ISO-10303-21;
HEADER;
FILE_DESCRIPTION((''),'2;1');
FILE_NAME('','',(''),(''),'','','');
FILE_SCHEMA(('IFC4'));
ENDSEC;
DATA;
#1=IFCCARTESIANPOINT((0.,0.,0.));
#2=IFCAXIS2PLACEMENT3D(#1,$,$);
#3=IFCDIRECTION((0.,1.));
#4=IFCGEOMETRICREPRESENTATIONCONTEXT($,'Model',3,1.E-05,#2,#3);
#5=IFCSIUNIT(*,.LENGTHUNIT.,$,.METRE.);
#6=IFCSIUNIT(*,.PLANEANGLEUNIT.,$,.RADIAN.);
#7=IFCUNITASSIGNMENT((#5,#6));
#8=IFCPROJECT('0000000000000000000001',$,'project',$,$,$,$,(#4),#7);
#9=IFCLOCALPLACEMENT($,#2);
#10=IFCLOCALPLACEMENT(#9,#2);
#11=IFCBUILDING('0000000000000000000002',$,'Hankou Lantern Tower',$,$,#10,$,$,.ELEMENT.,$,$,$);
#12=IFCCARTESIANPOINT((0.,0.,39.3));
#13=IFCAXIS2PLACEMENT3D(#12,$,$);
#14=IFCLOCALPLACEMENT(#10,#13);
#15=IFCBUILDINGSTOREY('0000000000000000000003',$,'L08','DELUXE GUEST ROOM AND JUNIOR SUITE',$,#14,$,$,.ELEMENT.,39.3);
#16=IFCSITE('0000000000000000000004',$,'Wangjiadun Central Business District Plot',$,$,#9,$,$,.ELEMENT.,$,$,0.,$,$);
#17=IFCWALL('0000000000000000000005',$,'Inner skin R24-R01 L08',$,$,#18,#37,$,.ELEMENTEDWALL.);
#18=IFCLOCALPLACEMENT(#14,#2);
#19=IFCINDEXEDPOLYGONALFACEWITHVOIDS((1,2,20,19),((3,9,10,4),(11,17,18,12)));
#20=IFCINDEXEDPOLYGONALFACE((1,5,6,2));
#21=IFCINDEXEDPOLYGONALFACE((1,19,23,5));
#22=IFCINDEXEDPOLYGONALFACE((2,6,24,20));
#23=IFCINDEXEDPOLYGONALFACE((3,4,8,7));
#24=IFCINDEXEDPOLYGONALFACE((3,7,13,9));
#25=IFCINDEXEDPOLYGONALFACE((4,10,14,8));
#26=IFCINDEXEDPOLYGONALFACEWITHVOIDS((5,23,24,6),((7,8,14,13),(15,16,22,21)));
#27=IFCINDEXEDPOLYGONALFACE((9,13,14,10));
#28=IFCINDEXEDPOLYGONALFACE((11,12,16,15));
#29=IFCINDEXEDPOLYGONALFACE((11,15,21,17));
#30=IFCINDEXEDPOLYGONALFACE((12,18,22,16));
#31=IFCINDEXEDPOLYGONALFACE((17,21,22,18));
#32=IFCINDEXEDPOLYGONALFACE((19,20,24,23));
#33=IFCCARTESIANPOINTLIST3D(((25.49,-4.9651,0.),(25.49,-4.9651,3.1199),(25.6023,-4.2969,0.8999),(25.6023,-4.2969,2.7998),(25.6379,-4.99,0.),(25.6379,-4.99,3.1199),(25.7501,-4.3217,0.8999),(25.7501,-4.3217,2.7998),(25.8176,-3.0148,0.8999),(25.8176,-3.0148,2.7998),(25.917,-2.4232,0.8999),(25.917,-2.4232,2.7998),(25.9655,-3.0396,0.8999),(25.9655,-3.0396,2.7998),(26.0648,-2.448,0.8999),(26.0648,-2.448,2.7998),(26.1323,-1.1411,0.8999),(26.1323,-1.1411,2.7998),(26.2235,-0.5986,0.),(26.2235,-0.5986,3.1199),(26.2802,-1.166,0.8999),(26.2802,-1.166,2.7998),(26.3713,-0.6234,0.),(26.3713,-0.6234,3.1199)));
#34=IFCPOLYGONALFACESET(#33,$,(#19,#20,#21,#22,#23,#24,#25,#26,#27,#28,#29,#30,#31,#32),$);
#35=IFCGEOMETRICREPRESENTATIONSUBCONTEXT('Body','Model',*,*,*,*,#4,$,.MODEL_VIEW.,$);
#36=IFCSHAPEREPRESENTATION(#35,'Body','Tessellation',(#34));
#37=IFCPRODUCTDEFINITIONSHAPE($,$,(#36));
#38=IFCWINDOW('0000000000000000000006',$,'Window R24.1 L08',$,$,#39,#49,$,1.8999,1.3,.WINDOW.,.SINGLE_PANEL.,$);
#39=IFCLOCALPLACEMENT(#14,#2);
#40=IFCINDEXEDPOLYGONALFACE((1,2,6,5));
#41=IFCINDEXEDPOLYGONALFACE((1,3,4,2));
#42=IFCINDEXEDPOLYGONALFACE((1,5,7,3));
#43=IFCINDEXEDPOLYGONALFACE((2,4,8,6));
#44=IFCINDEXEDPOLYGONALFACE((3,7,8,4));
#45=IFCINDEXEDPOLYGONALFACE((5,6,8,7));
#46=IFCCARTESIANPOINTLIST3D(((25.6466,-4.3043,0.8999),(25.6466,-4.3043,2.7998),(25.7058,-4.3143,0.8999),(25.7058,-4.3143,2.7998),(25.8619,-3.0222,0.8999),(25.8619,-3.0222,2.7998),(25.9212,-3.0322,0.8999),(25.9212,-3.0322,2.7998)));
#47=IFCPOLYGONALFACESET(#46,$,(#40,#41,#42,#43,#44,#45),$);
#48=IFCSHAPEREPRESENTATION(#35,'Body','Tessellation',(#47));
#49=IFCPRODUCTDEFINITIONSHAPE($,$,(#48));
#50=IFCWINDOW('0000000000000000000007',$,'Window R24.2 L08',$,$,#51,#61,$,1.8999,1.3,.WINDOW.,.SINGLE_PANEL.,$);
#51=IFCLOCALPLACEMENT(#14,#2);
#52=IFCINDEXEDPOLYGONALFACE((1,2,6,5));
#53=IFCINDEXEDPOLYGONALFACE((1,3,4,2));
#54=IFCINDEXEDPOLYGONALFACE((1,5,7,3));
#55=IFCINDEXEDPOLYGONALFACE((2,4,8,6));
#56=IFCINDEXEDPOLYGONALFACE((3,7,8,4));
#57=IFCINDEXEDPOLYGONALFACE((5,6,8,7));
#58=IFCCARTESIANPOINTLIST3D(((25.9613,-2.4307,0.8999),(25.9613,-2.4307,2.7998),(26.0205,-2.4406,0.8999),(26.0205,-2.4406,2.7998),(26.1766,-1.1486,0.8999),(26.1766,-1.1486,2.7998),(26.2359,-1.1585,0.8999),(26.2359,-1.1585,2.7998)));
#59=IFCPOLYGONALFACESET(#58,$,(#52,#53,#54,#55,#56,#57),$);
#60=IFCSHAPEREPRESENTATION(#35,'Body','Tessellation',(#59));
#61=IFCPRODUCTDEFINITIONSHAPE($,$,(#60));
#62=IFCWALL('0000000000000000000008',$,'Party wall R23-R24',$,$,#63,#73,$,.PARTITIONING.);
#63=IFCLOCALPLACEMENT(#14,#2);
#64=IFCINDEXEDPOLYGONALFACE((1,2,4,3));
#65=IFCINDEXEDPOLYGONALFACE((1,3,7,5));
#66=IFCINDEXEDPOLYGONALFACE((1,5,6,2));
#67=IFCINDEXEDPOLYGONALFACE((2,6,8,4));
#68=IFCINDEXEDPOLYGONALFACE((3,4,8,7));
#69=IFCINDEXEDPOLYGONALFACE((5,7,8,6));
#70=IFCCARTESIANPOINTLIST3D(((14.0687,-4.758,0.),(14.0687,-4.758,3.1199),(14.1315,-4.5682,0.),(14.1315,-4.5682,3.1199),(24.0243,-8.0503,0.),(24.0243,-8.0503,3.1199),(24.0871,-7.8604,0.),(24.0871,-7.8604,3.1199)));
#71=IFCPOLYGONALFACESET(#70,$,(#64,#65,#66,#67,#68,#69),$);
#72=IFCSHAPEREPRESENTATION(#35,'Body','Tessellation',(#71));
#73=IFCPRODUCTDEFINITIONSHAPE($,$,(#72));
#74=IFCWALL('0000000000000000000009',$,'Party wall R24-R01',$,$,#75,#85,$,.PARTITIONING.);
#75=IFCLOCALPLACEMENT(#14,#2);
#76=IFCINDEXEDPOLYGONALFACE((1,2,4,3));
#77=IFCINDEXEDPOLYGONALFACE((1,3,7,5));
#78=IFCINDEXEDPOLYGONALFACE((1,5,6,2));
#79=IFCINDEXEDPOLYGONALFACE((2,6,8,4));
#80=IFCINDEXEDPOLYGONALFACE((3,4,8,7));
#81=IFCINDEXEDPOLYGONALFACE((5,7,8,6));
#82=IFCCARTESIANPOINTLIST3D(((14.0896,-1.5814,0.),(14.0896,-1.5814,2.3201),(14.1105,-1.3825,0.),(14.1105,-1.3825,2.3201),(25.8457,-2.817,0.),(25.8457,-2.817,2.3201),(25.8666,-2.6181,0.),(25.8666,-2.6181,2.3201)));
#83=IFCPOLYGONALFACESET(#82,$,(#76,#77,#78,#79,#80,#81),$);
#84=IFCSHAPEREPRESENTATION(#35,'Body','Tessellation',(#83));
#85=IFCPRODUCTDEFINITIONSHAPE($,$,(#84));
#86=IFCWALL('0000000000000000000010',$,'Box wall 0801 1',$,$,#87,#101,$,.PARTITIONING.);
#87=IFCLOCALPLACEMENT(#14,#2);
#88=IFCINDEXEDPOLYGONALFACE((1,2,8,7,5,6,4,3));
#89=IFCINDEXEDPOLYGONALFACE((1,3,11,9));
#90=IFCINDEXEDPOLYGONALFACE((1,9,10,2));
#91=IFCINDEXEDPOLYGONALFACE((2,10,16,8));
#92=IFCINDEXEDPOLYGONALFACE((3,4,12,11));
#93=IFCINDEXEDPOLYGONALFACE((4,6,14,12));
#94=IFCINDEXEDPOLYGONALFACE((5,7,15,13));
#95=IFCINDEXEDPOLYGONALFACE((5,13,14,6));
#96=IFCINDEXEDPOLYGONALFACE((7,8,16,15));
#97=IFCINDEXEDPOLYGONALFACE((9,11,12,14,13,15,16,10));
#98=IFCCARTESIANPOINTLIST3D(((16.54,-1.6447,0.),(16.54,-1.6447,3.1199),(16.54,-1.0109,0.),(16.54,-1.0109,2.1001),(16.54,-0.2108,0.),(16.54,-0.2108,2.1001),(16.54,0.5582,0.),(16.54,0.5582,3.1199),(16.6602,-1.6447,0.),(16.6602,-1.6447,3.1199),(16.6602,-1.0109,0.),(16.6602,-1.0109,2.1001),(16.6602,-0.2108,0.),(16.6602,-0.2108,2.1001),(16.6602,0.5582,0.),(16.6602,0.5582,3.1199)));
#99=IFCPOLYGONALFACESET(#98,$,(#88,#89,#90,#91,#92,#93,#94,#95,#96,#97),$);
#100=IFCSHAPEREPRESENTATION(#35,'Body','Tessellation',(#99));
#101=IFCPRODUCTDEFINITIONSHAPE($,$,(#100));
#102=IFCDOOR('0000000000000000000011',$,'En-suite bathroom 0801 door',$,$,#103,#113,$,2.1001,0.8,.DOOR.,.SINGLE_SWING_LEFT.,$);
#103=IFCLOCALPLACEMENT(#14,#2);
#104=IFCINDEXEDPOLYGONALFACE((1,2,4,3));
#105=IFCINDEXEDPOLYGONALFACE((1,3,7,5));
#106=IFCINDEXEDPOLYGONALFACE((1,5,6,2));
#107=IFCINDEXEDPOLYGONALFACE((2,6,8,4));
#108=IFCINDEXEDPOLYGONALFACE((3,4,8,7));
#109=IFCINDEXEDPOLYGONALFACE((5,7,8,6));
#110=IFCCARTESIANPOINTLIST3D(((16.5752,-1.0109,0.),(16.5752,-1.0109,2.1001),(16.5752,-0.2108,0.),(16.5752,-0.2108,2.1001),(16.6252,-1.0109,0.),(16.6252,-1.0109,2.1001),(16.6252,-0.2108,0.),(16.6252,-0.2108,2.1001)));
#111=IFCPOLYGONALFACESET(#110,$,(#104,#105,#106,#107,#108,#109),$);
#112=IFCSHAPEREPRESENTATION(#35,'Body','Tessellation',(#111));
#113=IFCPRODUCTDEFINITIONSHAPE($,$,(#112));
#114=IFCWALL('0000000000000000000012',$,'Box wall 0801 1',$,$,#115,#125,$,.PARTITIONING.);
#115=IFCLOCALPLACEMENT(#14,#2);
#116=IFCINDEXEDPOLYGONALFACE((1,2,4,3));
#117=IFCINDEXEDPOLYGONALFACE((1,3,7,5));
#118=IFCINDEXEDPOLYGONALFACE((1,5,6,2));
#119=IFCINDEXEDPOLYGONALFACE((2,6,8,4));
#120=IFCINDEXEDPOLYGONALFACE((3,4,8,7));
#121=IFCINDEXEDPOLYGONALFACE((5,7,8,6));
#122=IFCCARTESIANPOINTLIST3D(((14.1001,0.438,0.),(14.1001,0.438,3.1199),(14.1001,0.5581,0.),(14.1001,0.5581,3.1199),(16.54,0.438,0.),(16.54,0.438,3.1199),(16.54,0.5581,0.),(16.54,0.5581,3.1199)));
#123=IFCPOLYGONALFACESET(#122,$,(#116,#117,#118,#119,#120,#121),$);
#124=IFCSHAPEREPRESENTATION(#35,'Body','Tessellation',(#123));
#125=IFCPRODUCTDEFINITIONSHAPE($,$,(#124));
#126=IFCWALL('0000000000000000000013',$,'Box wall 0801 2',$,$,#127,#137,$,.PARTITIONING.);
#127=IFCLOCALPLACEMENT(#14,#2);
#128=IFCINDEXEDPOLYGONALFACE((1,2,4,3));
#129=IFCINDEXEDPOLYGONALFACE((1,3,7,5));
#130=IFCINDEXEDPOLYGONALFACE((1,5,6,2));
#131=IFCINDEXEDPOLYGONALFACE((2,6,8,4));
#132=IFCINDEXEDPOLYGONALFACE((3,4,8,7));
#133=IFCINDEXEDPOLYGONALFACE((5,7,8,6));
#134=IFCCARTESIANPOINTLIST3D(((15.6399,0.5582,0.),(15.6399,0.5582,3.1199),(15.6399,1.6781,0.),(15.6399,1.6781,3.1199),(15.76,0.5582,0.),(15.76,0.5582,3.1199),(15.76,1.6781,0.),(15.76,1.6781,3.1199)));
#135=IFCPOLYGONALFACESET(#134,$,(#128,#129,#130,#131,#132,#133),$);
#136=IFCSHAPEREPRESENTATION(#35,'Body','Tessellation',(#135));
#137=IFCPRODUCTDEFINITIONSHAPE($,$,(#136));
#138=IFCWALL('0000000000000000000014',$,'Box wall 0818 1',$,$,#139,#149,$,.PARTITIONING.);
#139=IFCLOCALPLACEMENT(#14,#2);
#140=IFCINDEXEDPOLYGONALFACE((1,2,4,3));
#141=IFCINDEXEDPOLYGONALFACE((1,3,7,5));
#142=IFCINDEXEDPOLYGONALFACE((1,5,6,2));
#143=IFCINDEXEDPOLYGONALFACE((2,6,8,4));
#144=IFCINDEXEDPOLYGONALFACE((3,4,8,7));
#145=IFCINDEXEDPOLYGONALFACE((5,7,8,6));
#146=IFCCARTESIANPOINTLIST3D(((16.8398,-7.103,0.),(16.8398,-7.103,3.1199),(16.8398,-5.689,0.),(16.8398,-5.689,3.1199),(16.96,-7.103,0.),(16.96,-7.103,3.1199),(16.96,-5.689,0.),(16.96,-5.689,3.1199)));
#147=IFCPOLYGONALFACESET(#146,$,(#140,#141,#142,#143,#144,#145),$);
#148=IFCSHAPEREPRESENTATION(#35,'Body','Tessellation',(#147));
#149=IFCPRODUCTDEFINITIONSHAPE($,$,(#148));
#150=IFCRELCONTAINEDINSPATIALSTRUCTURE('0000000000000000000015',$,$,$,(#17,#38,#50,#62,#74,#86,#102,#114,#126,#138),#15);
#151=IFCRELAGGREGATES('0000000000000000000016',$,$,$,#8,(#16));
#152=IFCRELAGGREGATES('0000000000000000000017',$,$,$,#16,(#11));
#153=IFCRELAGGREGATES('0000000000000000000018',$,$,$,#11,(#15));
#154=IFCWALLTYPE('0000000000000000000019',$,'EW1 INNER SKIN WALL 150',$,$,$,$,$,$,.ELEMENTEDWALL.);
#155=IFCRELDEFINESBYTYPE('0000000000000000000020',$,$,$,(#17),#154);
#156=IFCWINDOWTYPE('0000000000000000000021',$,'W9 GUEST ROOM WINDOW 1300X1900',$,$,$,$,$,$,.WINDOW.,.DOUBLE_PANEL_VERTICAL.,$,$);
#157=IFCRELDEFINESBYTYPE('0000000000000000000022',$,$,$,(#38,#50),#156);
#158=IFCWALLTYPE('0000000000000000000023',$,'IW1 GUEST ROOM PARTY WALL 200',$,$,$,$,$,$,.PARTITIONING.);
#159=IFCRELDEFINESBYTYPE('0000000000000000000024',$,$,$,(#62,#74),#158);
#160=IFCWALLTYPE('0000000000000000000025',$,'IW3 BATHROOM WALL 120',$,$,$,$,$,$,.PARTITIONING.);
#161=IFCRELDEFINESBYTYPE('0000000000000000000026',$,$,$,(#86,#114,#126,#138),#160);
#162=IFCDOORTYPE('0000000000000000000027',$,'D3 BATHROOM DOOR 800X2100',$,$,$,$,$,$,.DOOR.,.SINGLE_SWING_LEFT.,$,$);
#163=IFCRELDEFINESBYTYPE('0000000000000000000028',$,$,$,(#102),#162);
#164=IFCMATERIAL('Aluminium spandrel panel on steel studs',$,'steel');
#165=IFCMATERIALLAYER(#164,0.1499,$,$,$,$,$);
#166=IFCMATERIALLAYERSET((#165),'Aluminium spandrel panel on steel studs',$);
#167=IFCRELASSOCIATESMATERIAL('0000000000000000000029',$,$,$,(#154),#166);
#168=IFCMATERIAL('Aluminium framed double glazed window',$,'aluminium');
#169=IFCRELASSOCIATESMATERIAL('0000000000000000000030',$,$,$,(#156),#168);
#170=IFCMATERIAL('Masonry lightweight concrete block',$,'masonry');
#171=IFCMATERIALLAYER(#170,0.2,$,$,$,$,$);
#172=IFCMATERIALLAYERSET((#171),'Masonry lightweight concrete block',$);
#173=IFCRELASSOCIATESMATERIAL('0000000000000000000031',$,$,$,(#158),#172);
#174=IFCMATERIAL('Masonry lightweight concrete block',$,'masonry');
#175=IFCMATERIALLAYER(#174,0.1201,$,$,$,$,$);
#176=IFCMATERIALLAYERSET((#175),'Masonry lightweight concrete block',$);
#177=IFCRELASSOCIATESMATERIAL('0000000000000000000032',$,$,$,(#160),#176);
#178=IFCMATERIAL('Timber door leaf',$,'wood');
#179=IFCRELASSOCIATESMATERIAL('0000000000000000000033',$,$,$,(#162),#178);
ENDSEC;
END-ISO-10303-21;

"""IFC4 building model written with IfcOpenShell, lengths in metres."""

from ifc_helpers import new_model, si_unit, direction, frame, frame_2d, origin, place, context, subcontext, project, spatial, rectangle, extrude, material, layer, layer_set, type_object, element, fill, save


model = new_model("IFC4")

# Units and contexts
model_context = context("Model", 3, precision=1e-05, world=origin(), true_north=direction((0.0, 1.0)))
body_context = subcontext(model_context, "Body", "Model", "MODEL_VIEW")
ifc_project = project(units=[si_unit("LENGTHUNIT", "METRE"), si_unit("PLANEANGLEUNIT", "RADIAN")], contexts=[model_context])

# Site, building, storey
site_placement = place(None, origin())
site = spatial("IfcSite", under=ifc_project, at=site_placement, Name="Wangjiadun Central Business District Plot", CompositionType="ELEMENT", RefElevation=0.0)
building_placement = place(site_placement, origin())
building = spatial("IfcBuilding", under=site, at=building_placement, Name="Hankou Lantern Tower", CompositionType="ELEMENT")
storey_placement = place(building_placement, frame((0.0, 0.0, 39.3)))
storey = spatial("IfcBuildingStorey", under=building, at=storey_placement, Name="L08", Description="DELUXE GUEST ROOM AND JUNIOR SUITE", CompositionType="ELEMENT", Elevation=39.3)

# Wall, openings, windows
ifc_material_1 = material(Name="Aluminium spandrel panel on steel studs", Category="steel")
ifc_layer_1 = layer(ifc_material_1, 0.1499)
ifc_layer_set_1 = layer_set([ifc_layer_1], Name="Aluminium spandrel panel on steel studs")
wall_type_1 = type_object("IfcWallType", Name="EW1 INNER SKIN WALL 150", PredefinedType="ELEMENTEDWALL", material=ifc_layer_set_1)
wall_1_placement = place(storey_placement, frame((25.564, -4.9775, 0.0), z_axis=(0.0, 0.0, 1.0), x_axis=(0.165642, 0.986186, 0.0)))
wall_1 = element("IfcWall", 1, at=wall_1_placement, inside=storey, type_object=wall_type_1, Name="Inner skin R24-R01 L08", PredefinedType="ELEMENTEDWALL", context=body_context, shape_type="SweptSolid", body=[
    extrude(rectangle(XDim=4.4277, YDim=0.1499, at=frame_2d((2.2139, 0.0))), origin(), (0.0, 0.0, 1.0), 3.1199),
])
opening_1_placement = place(wall_1_placement, frame((0.6777, 0.0, 0.8999)))
opening_1 = element("IfcOpeningElement", 2, at=opening_1_placement, cuts=wall_1, PredefinedType="OPENING", context=body_context, shape_type="SweptSolid", body=[
    extrude(rectangle(XDim=1.3, YDim=1.8999, at=frame_2d((0.6499, 0.95))), frame((0.0, 0.085, 0.0), z_axis=(0.0, -1.0, 0.0), x_axis=(1.0, 0.0, 0.0)), (0.0, 0.0, 1.0), 0.1699),
])
opening_2_placement = place(wall_1_placement, frame((2.5776, 0.0, 0.8999)))
opening_2 = element("IfcOpeningElement", 3, at=opening_2_placement, cuts=wall_1, PredefinedType="OPENING", context=body_context, shape_type="SweptSolid", body=[
    extrude(rectangle(XDim=1.3, YDim=1.8999, at=frame_2d((0.6499, 0.95))), frame((0.0, 0.085, 0.0), z_axis=(0.0, -1.0, 0.0), x_axis=(1.0, 0.0, 0.0)), (0.0, 0.0, 1.0), 0.1699),
])
ifc_material_2 = material(Name="Aluminium framed double glazed window", Category="aluminium")
window_type = type_object("IfcWindowType", Name="W9 GUEST ROOM WINDOW 1300X1900", PartitioningType="DOUBLE_PANEL_VERTICAL", PredefinedType="WINDOW", material=ifc_material_2)
window_1_placement = place(opening_1_placement, origin())
window_1 = element("IfcWindow", 4, at=window_1_placement, inside=storey, type_object=window_type, Name="Window R24.1 L08", OverallHeight=1.8999, OverallWidth=1.3, PartitioningType="SINGLE_PANEL", PredefinedType="WINDOW", context=body_context, shape_type="SweptSolid", body=[
    extrude(rectangle(XDim=1.3, YDim=1.8999, at=frame_2d((0.6499, 0.95))), frame((0.0, 0.03, 0.0), z_axis=(0.0, -1.0, 0.0), x_axis=(1.0, 0.0, 0.0)), (0.0, 0.0, 1.0), 0.0601),
])
fill(opening_1, window_1)
window_2_placement = place(opening_2_placement, origin())
window_2 = element("IfcWindow", 5, at=window_2_placement, inside=storey, type_object=window_type, Name="Window R24.2 L08", OverallHeight=1.8999, OverallWidth=1.3, PartitioningType="SINGLE_PANEL", PredefinedType="WINDOW", context=body_context, shape_type="SweptSolid", body=[
    extrude(rectangle(XDim=1.3, YDim=1.8999, at=frame_2d((0.6499, 0.95))), frame((0.0, 0.03, 0.0), z_axis=(0.0, -1.0, 0.0), x_axis=(1.0, 0.0, 0.0)), (0.0, 0.0, 1.0), 0.0601),
])
fill(opening_2, window_2)

# Walls
ifc_material_3 = material(Name="Masonry lightweight concrete block", Category="masonry")
ifc_layer_2 = layer(ifc_material_3, 0.2)
ifc_layer_set_2 = layer_set([ifc_layer_2], Name="Masonry lightweight concrete block")
wall_type_2 = type_object("IfcWallType", Name="IW1 GUEST ROOM PARTY WALL 200", PredefinedType="PARTITIONING", material=ifc_layer_set_2)
wall_2_placement = place(storey_placement, frame((14.1001, -4.6631, 0.0), z_axis=(0.0, 0.0, 1.0), x_axis=(0.949433, -0.313971, 0.0)))
element("IfcWall", 6, at=wall_2_placement, inside=storey, type_object=wall_type_2, Name="Party wall R23-R24", PredefinedType="PARTITIONING", context=body_context, shape_type="SweptSolid", body=[
    extrude(rectangle(XDim=10.4858, YDim=0.2, at=frame_2d((5.2429, 0.0))), origin(), (0.0, 0.0, 1.0), 3.1199),
])
wall_3_placement = place(storey_placement, frame((14.1001, -1.4819, 0.0), z_axis=(0.0, 0.0, 1.0), x_axis=(0.994522, -0.104527, 0.0)))
element("IfcWall", 7, at=wall_3_placement, inside=storey, type_object=wall_type_2, Name="Party wall R24-R01", PredefinedType="PARTITIONING", context=body_context, shape_type="SweptSolid", body=[
    extrude(rectangle(XDim=11.8208, YDim=0.2, at=frame_2d((5.9104, 0.0))), origin(), (0.0, 0.0, 1.0), 2.3201),
])

# Wall, opening, door
ifc_material_4 = material(Name="Masonry lightweight concrete block", Category="masonry")
ifc_layer_3 = layer(ifc_material_4, 0.1201)
ifc_layer_set_3 = layer_set([ifc_layer_3], Name="Masonry lightweight concrete block")
wall_type_3 = type_object("IfcWallType", Name="IW3 BATHROOM WALL 120", PredefinedType="PARTITIONING", material=ifc_layer_set_3)
wall_4_placement = place(storey_placement, frame((16.6001, -1.6448, 0.0), z_axis=(0.0, 0.0, 1.0), x_axis=(0.0, 1.0, 0.0)))
wall_4 = element("IfcWall", 8, at=wall_4_placement, inside=storey, type_object=wall_type_3, Name="Box wall 0801 1", PredefinedType="PARTITIONING", context=body_context, shape_type="SweptSolid", body=[
    extrude(rectangle(XDim=2.2029, YDim=0.1201, at=frame_2d((1.1016, 0.0))), origin(), (0.0, 0.0, 1.0), 3.1199),
])
opening_3_placement = place(wall_4_placement, frame((0.634, 0.0, 0.0)))
opening_3 = element("IfcOpeningElement", 9, at=opening_3_placement, cuts=wall_4, PredefinedType="OPENING", context=body_context, shape_type="SweptSolid", body=[
    extrude(rectangle(XDim=0.8, YDim=2.1001, at=frame_2d((0.3999, 1.05))), frame((0.0, 0.0701, 0.0), z_axis=(0.0, -1.0, 0.0), x_axis=(1.0, 0.0, 0.0)), (0.0, 0.0, 1.0), 0.1401),
])
ifc_material_5 = material(Name="Timber door leaf", Category="wood")
door_type = type_object("IfcDoorType", Name="D3 BATHROOM DOOR 800X2100", OperationType="SINGLE_SWING_LEFT", PredefinedType="DOOR", material=ifc_material_5)
door_1_placement = place(opening_3_placement, origin())
door_1 = element("IfcDoor", 10, at=door_1_placement, inside=storey, type_object=door_type, Name="En-suite bathroom 0801 door", OperationType="SINGLE_SWING_LEFT", OverallHeight=2.1001, OverallWidth=0.8, PredefinedType="DOOR", context=body_context, shape_type="SweptSolid", body=[
    extrude(rectangle(XDim=0.8, YDim=2.1001, at=frame_2d((0.3999, 1.05))), frame((0.0, 0.0249, 0.0), z_axis=(0.0, -1.0, 0.0), x_axis=(1.0, 0.0, 0.0)), (0.0, 0.0, 1.0), 0.05),
])
fill(opening_3, door_1)

# Walls
wall_5_placement = place(storey_placement, frame((14.1001, 0.498, 0.0), z_axis=(0.0, 0.0, 1.0), x_axis=(1.0, 0.0, 0.0)))
element("IfcWall", 11, at=wall_5_placement, inside=storey, type_object=wall_type_3, Name="Box wall 0801 1", PredefinedType="PARTITIONING", context=body_context, shape_type="SweptSolid", body=[
    extrude(rectangle(XDim=2.4399, YDim=0.1201, at=frame_2d((1.22, 0.0))), origin(), (0.0, 0.0, 1.0), 3.1199),
])
wall_6_placement = place(storey_placement, frame((15.7, 0.5581, 0.0), z_axis=(0.0, 0.0, 1.0), x_axis=(0.0, 1.0, 0.0)))
element("IfcWall", 12, at=wall_6_placement, inside=storey, type_object=wall_type_3, Name="Box wall 0801 2", PredefinedType="PARTITIONING", context=body_context, shape_type="SweptSolid", body=[
    extrude(rectangle(XDim=1.1199, YDim=0.1201, at=frame_2d((0.5601, 0.0))), origin(), (0.0, 0.0, 1.0), 3.1199),
])
wall_7_placement = place(storey_placement, frame((16.8999, -5.689, 0.0), z_axis=(0.0, 0.0, 1.0), x_axis=(0.0, -1.0, 0.0)))
element("IfcWall", 13, at=wall_7_placement, inside=storey, type_object=wall_type_3, Name="Box wall 0818 1", PredefinedType="PARTITIONING", context=body_context, shape_type="SweptSolid", body=[
    extrude(rectangle(XDim=1.4141, YDim=0.1201, at=frame_2d((0.707, 0.0))), origin(), (0.0, 0.0, 1.0), 3.1199),
])

save(model, "model.ifc")
